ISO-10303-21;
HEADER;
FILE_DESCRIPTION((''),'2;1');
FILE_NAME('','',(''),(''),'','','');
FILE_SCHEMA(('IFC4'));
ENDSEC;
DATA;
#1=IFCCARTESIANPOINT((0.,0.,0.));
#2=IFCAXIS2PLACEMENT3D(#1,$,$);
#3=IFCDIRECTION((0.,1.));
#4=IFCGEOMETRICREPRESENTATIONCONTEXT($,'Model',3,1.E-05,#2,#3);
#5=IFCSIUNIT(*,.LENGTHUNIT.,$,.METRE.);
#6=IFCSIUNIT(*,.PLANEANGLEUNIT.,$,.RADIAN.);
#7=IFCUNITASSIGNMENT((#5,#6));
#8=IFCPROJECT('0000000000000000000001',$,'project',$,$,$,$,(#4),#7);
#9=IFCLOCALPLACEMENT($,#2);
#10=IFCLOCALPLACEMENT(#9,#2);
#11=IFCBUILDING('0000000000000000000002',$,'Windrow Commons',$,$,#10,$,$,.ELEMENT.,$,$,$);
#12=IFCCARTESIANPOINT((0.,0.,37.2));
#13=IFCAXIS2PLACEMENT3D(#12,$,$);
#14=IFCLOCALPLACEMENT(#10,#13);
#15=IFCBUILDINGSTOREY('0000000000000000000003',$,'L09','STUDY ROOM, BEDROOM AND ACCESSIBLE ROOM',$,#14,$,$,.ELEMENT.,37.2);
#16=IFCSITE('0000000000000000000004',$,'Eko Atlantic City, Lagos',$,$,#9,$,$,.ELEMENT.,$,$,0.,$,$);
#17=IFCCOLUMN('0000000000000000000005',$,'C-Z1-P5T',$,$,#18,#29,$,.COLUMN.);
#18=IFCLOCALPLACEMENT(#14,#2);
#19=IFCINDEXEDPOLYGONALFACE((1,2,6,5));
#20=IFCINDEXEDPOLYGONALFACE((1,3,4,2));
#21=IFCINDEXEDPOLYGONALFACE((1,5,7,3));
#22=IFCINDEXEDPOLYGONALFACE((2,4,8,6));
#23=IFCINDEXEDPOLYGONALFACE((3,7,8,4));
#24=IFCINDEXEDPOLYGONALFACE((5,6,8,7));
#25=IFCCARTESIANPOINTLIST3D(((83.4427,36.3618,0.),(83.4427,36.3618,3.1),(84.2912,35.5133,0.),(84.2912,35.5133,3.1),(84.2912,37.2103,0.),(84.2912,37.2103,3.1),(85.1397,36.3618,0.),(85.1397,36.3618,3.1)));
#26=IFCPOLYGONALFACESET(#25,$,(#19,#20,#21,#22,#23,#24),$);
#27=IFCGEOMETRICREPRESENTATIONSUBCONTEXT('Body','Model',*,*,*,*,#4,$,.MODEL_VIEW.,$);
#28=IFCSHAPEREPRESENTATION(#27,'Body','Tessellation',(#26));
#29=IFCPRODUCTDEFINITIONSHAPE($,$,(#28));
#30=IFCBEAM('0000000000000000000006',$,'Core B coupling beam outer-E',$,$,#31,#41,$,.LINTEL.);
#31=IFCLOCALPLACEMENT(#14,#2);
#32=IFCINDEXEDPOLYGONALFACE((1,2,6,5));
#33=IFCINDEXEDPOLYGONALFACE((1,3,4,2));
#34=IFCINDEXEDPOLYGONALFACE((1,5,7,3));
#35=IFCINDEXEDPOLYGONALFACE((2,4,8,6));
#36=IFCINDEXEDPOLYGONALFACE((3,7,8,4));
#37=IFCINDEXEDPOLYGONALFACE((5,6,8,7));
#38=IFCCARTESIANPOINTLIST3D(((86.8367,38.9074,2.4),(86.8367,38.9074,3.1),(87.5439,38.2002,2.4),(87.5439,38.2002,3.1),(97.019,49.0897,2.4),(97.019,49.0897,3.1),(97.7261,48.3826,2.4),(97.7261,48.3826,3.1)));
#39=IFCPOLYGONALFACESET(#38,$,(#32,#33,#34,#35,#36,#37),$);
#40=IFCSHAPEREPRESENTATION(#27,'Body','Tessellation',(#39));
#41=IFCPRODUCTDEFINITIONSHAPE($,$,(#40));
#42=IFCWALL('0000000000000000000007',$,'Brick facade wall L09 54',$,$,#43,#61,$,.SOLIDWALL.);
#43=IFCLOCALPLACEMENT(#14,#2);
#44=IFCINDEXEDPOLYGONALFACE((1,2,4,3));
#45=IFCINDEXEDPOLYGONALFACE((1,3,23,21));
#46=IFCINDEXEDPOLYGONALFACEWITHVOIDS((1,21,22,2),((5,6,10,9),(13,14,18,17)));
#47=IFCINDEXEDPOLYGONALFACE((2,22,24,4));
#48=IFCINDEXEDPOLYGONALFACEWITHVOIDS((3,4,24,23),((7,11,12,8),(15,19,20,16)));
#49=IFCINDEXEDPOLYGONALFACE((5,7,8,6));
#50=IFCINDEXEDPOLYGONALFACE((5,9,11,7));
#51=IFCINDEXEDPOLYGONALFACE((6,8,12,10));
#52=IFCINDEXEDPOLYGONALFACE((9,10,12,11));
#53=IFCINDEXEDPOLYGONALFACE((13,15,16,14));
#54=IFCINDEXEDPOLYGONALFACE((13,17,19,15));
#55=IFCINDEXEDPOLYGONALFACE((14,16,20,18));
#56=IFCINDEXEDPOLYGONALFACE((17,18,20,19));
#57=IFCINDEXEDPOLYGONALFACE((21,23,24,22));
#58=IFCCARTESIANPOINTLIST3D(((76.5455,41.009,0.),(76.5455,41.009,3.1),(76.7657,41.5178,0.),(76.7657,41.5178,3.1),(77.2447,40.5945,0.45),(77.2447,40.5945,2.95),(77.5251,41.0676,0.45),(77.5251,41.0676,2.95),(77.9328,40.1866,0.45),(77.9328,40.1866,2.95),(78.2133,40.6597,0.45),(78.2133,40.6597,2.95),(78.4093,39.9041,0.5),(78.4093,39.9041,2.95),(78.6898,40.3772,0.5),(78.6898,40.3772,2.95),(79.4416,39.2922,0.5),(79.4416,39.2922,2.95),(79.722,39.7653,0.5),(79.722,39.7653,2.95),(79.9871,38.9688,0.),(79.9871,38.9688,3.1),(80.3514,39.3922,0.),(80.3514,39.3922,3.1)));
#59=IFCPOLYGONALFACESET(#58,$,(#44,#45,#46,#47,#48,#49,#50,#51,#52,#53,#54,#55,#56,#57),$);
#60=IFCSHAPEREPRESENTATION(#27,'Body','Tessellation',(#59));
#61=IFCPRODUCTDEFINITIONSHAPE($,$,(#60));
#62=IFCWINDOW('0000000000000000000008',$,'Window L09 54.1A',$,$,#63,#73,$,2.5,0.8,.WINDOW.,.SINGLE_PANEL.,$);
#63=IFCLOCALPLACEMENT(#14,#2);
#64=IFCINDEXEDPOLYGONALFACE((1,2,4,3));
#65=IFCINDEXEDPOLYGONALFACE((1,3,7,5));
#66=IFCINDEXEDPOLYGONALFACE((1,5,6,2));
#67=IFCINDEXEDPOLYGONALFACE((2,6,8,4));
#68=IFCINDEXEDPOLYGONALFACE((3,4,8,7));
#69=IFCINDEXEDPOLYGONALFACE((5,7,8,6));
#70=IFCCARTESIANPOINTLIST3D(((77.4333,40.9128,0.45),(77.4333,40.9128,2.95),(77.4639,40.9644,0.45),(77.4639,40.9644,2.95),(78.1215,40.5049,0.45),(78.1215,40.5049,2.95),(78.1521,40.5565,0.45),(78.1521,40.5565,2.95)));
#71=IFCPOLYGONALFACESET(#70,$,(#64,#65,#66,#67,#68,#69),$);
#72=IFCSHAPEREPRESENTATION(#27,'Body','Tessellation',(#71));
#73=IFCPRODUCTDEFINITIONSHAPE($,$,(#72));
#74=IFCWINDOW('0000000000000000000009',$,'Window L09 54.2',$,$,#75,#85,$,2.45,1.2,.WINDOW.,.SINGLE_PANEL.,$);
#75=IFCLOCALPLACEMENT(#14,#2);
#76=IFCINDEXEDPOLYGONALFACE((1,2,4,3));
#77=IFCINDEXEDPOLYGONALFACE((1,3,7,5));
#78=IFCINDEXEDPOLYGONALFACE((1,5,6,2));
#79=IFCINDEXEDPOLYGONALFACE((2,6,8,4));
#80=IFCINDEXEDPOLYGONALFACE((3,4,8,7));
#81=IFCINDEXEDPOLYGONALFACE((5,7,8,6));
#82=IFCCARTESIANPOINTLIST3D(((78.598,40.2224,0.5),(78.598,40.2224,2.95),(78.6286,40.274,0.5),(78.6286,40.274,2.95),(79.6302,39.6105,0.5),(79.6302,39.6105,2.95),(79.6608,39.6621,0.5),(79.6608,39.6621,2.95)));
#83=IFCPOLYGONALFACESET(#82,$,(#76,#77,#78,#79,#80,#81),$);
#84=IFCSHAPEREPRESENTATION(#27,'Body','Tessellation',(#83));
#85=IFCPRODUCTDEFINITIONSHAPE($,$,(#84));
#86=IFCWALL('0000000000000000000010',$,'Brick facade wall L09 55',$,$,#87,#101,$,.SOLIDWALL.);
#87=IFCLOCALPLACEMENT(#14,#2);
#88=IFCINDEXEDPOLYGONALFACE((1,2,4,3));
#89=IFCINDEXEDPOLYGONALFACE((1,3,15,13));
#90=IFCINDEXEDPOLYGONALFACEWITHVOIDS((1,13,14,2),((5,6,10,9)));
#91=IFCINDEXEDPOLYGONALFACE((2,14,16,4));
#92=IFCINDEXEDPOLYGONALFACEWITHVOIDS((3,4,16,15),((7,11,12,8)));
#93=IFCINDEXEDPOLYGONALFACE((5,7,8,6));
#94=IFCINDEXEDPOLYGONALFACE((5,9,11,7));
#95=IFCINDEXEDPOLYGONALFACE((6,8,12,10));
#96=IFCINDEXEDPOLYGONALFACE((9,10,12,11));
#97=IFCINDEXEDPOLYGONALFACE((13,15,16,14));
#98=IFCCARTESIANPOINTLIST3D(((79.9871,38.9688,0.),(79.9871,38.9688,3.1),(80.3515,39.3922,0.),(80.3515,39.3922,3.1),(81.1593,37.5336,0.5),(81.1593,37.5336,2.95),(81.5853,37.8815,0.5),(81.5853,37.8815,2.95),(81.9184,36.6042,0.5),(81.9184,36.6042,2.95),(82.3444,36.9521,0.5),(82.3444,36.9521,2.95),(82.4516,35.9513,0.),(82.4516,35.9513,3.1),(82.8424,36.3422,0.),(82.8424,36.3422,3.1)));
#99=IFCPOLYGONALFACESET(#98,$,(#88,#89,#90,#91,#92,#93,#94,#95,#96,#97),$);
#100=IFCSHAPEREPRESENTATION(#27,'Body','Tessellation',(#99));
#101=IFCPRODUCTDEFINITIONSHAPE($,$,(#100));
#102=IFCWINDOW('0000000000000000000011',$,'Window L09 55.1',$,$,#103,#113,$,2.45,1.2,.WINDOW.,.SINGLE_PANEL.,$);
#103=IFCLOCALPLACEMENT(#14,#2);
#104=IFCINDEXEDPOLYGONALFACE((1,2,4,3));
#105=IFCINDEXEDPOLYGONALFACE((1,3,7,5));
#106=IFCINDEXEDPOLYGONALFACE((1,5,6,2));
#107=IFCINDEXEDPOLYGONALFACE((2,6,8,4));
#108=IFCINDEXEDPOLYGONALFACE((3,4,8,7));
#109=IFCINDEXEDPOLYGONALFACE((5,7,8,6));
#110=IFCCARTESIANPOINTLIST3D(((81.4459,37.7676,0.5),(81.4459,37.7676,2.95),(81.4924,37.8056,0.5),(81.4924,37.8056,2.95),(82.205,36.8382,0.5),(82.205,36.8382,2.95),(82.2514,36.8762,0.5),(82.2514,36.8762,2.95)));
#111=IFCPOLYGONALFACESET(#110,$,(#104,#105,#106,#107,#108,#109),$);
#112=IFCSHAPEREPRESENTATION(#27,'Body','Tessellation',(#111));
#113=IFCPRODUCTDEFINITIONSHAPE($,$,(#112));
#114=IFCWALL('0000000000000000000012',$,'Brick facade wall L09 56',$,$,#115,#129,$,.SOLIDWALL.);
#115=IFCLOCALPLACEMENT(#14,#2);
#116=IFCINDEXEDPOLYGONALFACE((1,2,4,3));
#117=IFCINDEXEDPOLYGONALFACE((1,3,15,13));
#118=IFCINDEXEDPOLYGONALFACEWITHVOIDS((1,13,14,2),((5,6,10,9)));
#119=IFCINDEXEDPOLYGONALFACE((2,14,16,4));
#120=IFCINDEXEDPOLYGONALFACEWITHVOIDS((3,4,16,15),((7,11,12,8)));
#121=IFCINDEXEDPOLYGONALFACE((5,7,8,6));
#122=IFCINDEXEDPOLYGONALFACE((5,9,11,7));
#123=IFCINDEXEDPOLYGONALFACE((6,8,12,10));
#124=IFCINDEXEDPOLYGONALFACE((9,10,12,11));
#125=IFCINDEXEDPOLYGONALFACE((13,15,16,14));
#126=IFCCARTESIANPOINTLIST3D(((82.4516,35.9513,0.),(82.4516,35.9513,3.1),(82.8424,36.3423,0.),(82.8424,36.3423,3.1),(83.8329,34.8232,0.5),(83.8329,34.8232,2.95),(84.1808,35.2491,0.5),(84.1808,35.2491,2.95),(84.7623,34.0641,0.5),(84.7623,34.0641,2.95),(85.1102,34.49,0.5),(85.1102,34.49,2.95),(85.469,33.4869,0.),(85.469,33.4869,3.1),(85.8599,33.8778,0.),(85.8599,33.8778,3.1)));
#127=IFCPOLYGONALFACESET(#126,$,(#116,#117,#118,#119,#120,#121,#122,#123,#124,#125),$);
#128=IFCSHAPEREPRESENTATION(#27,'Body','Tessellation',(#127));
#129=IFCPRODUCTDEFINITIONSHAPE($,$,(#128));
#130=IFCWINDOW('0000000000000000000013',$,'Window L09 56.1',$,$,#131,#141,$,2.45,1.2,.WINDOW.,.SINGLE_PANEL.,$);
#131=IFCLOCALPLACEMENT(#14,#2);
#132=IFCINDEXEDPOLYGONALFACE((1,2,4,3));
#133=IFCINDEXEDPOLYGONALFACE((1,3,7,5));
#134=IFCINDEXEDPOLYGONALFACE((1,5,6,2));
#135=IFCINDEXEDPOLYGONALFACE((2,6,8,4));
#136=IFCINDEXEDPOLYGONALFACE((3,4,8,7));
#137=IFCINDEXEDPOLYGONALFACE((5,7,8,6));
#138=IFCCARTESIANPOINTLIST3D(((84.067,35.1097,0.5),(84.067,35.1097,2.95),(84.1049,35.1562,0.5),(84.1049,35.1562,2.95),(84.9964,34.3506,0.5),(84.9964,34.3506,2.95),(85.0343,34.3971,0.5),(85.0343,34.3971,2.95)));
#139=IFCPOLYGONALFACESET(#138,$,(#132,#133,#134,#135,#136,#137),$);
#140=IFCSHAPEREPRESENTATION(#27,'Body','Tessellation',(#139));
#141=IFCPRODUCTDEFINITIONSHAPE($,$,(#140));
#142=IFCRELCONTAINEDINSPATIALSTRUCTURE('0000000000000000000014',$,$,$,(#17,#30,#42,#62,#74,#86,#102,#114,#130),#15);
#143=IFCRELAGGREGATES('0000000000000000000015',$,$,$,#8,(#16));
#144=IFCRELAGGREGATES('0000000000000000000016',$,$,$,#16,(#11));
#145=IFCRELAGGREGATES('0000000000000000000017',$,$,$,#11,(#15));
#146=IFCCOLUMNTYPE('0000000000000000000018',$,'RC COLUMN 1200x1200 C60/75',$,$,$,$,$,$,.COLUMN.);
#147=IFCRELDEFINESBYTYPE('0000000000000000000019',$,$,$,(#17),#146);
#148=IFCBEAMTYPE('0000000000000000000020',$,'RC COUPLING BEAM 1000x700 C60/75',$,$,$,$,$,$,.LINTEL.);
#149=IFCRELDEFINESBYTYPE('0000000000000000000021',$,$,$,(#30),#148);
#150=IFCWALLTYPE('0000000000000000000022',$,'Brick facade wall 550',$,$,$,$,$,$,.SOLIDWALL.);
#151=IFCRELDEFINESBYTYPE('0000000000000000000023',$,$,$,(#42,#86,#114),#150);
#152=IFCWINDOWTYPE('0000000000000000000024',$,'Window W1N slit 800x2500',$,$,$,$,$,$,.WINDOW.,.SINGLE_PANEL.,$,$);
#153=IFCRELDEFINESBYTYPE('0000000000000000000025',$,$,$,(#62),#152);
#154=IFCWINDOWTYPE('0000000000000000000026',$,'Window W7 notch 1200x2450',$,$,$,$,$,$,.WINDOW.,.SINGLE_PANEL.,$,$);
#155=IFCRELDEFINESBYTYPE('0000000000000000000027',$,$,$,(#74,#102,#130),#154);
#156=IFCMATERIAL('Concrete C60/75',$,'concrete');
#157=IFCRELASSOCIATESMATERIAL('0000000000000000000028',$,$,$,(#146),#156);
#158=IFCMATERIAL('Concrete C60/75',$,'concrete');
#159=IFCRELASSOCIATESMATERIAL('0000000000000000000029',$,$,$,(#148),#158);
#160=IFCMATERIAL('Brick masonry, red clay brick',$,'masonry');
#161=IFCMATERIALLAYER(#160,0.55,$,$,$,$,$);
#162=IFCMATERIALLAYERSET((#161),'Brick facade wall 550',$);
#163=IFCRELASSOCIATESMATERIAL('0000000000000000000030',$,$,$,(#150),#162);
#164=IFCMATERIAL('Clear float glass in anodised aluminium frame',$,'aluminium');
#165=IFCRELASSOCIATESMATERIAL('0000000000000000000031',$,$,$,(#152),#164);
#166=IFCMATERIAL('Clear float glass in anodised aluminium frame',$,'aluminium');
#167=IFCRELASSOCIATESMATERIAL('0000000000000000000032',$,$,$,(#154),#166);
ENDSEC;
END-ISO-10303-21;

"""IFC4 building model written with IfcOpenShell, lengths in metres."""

from ifc_helpers import new_model, si_unit, direction, frame, frame_2d, origin, origin_2d, place, context, subcontext, project, spatial, polyline, rectangle, outline, extrude, material, layer, layer_set, material_profile, profile_set, type_object, element, fill, save


model = new_model("IFC4")

# Units and contexts
model_context = context("Model", 3, precision=1e-05, world=origin(), true_north=direction((0.0, 1.0)))
body_context = subcontext(model_context, "Body", "Model", "MODEL_VIEW")
ifc_project = project(units=[si_unit("LENGTHUNIT", "METRE"), si_unit("PLANEANGLEUNIT", "RADIAN")], contexts=[model_context])

# Site, building, storey
site_placement = place(None, origin())
site = spatial("IfcSite", under=ifc_project, at=site_placement, Name="Eko Atlantic City, Lagos", CompositionType="ELEMENT", RefElevation=0.0)
building_placement = place(site_placement, origin())
building = spatial("IfcBuilding", under=site, at=building_placement, Name="Windrow Commons", CompositionType="ELEMENT")
storey_placement = place(building_placement, frame((0.0, 0.0, 37.2)))
storey = spatial("IfcBuildingStorey", under=building, at=storey_placement, Name="L09", Description="STUDY ROOM, BEDROOM AND ACCESSIBLE ROOM", CompositionType="ELEMENT", Elevation=37.2)

# Column
ifc_material_1 = material(Name="Concrete C60/75", Category="concrete")
ifc_material_profile_1 = material_profile(ifc_material_1, rectangle(XDim=1.2, YDim=1.2, at=origin_2d()))
ifc_profile_set_1 = profile_set([ifc_material_profile_1], Name="Concrete C60/75")
column_type = type_object("IfcColumnType", Name="RC COLUMN 1200x1200 C60/75", PredefinedType="COLUMN", material=ifc_profile_set_1)
column_placement = place(storey_placement, frame((84.2912, 36.3618, 0.0), z_axis=(0.0, 0.0, 1.0), x_axis=(0.707107, -0.707107, 0.0)))
element("IfcColumn", 1, at=column_placement, inside=storey, type_object=column_type, Name="C-Z1-P5T", PredefinedType="COLUMN", context=body_context, shape_type="SweptSolid", body=[
    extrude(rectangle(XDim=1.2, YDim=1.2, at=origin_2d()), origin(), (0.0, 0.0, 1.0), 3.1),
])

# Beam
ifc_material_2 = material(Name="Concrete C60/75", Category="concrete")
ifc_material_profile_2 = material_profile(ifc_material_2, rectangle(XDim=1.0, YDim=0.7, at=origin_2d()))
ifc_profile_set_2 = profile_set([ifc_material_profile_2], Name="Concrete C60/75")
beam_type = type_object("IfcBeamType", Name="RC COUPLING BEAM 1000x700 C60/75", PredefinedType="LINTEL", material=ifc_profile_set_2)
beam_placement = place(storey_placement, frame((87.1903, 38.5538, 2.75), z_axis=(0.707103, 0.70711, 0.0), x_axis=(-0.70711, 0.707103, 0.0)))
element("IfcBeam", 2, at=beam_placement, inside=storey, type_object=beam_type, Name="Core B coupling beam outer-E", PredefinedType="LINTEL", context=body_context, shape_type="SweptSolid", body=[
    extrude(rectangle(XDim=1.0, YDim=0.7, at=origin_2d()), origin(), (0.0, 0.0, 1.0), 14.4),
])

# Wall, openings, windows
ifc_material_3 = material(Name="Brick masonry, red clay brick", Category="masonry")
ifc_layer_1 = layer(ifc_material_3, 0.55)
ifc_layer_set_1 = layer_set([ifc_layer_1], Name="Brick facade wall 550")
wall_type_1 = type_object("IfcWallType", Name="Brick facade wall 550", PredefinedType="SOLIDWALL", material=ifc_layer_set_1)
wall_1_placement = place(storey_placement, frame((76.6556, 41.2634, 0.0), z_axis=(0.0, 0.0, 1.0), x_axis=(0.860216, -0.509931, 0.0)))
wall_1 = element("IfcWall", 3, at=wall_1_placement, inside=storey, type_object=wall_type_1, Name="Brick facade wall L09 54", PredefinedType="SOLIDWALL", context=body_context, shape_type="SweptSolid", body=[
    extrude(outline(polyline([(0.035, -0.275), (4.0359, -0.275), (4.1334, 0.275), (-0.035, 0.275), (0.035, -0.275)])), origin(), (0.0, 0.0, 1.0), 3.1),
])
opening_1_placement = place(wall_1_placement, frame((2.2017, 0.0, 0.5)))
opening_1 = element("IfcOpeningElement", 4, at=opening_1_placement, cuts=wall_1, PredefinedType="OPENING", context=body_context, shape_type="SweptSolid", body=[
    extrude(rectangle(XDim=1.2, YDim=2.45, at=frame_2d((0.6, 1.225))), frame((0.0, 0.285, 0.0), z_axis=(0.0, -1.0, 0.0), x_axis=(1.0, 0.0, 0.0)), (0.0, 0.0, 1.0), 0.57),
])
opening_2_placement = place(wall_1_placement, frame((0.8478, 0.0, 0.45)))
opening_2 = element("IfcOpeningElement", 5, at=opening_2_placement, cuts=wall_1, PredefinedType="OPENING", context=body_context, shape_type="SweptSolid", body=[
    extrude(rectangle(XDim=0.8, YDim=2.5, at=frame_2d((0.4, 1.25))), frame((0.0, 0.285, 0.0), z_axis=(0.0, -1.0, 0.0), x_axis=(1.0, 0.0, 0.0)), (0.0, 0.0, 1.0), 0.57),
])
ifc_material_4 = material(Name="Clear float glass in anodised aluminium frame", Category="aluminium")
window_type_1 = type_object("IfcWindowType", Name="Window W1N slit 800x2500", PartitioningType="SINGLE_PANEL", PredefinedType="WINDOW", material=ifc_material_4)
window_1_placement = place(opening_2_placement, origin())
window_1 = element("IfcWindow", 6, at=window_1_placement, inside=storey, type_object=window_type_1, Name="Window L09 54.1A", OverallHeight=2.5, OverallWidth=0.8, PartitioningType="SINGLE_PANEL", PredefinedType="WINDOW", context=body_context, shape_type="SweptSolid", body=[
    extrude(rectangle(XDim=0.8, YDim=2.5, at=frame_2d((0.4, 1.25))), frame((0.0, 0.155, 0.0), z_axis=(0.0, -1.0, 0.0), x_axis=(1.0, 0.0, 0.0)), (0.0, 0.0, 1.0), 0.06),
])
fill(opening_2, window_1)
ifc_material_5 = material(Name="Clear float glass in anodised aluminium frame", Category="aluminium")
window_type_2 = type_object("IfcWindowType", Name="Window W7 notch 1200x2450", PartitioningType="SINGLE_PANEL", PredefinedType="WINDOW", material=ifc_material_5)
window_2_placement = place(opening_1_placement, origin())
window_2 = element("IfcWindow", 7, at=window_2_placement, inside=storey, type_object=window_type_2, Name="Window L09 54.2", OverallHeight=2.45, OverallWidth=1.2, PartitioningType="SINGLE_PANEL", PredefinedType="WINDOW", context=body_context, shape_type="SweptSolid", body=[
    extrude(rectangle(XDim=1.2, YDim=2.45, at=frame_2d((0.6, 1.225))), frame((0.0, 0.155, 0.0), z_axis=(0.0, -1.0, 0.0), x_axis=(1.0, 0.0, 0.0)), (0.0, 0.0, 1.0), 0.06),
])
fill(opening_1, window_2)

# Walls, openings, windows
wall_2_placement = place(storey_placement, frame((80.1693, 39.1805, 0.0), z_axis=(0.0, 0.0, 1.0), x_axis=(0.632562, -0.77451, 0.0)))
wall_2 = element("IfcWall", 8, at=wall_2_placement, inside=storey, type_object=wall_type_1, Name="Brick facade wall L09 55", PredefinedType="SOLIDWALL", context=body_context, shape_type="SweptSolid", body=[
    extrude(outline(polyline([(0.0487, -0.275), (3.9447, -0.275), (3.8892, 0.275), (-0.0487, 0.275), (0.0487, -0.275)])), origin(), (0.0, 0.0, 1.0), 3.1),
])
opening_3_placement = place(wall_2_placement, frame((1.9018, 0.0, 0.5)))
opening_3 = element("IfcOpeningElement", 9, at=opening_3_placement, cuts=wall_2, PredefinedType="OPENING", context=body_context, shape_type="SweptSolid", body=[
    extrude(rectangle(XDim=1.2, YDim=2.45, at=frame_2d((0.6, 1.225))), frame((0.0, 0.285, 0.0), z_axis=(0.0, -1.0, 0.0), x_axis=(1.0, 0.0, 0.0)), (0.0, 0.0, 1.0), 0.57),
])
window_3_placement = place(opening_3_placement, origin())
window_3 = element("IfcWindow", 10, at=window_3_placement, inside=storey, type_object=window_type_2, Name="Window L09 55.1", OverallHeight=2.45, OverallWidth=1.2, PartitioningType="SINGLE_PANEL", PredefinedType="WINDOW", context=body_context, shape_type="SweptSolid", body=[
    extrude(rectangle(XDim=1.2, YDim=2.45, at=frame_2d((0.6, 1.225))), frame((0.0, 0.155, 0.0), z_axis=(0.0, -1.0, 0.0), x_axis=(1.0, 0.0, 0.0)), (0.0, 0.0, 1.0), 0.06),
])
fill(opening_3, window_3)
wall_3_placement = place(storey_placement, frame((82.647, 36.1468, 0.0), z_axis=(0.0, 0.0, 1.0), x_axis=(0.774506, -0.632567, 0.0)))
wall_3 = element("IfcWall", 11, at=wall_3_placement, inside=storey, type_object=wall_type_1, Name="Brick facade wall L09 56", PredefinedType="SOLIDWALL", context=body_context, shape_type="SweptSolid", body=[
    extrude(outline(polyline([(-0.0277, -0.275), (3.8682, -0.275), (3.9237, 0.275), (0.0277, 0.275), (-0.0277, -0.275)])), origin(), (0.0, 0.0, 1.0), 3.1),
])
opening_4_placement = place(wall_3_placement, frame((1.7558, 0.0, 0.5)))
opening_4 = element("IfcOpeningElement", 12, at=opening_4_placement, cuts=wall_3, PredefinedType="OPENING", context=body_context, shape_type="SweptSolid", body=[
    extrude(rectangle(XDim=1.2, YDim=2.45, at=frame_2d((0.6, 1.225))), frame((0.0, 0.285, 0.0), z_axis=(0.0, -1.0, 0.0), x_axis=(1.0, 0.0, 0.0)), (0.0, 0.0, 1.0), 0.57),
])
window_4_placement = place(opening_4_placement, origin())
window_4 = element("IfcWindow", 13, at=window_4_placement, inside=storey, type_object=window_type_2, Name="Window L09 56.1", OverallHeight=2.45, OverallWidth=1.2, PartitioningType="SINGLE_PANEL", PredefinedType="WINDOW", context=body_context, shape_type="SweptSolid", body=[
    extrude(rectangle(XDim=1.2, YDim=2.45, at=frame_2d((0.6, 1.225))), frame((0.0, 0.155, 0.0), z_axis=(0.0, -1.0, 0.0), x_axis=(1.0, 0.0, 0.0)), (0.0, 0.0, 1.0), 0.06),
])
fill(opening_4, window_4)

save(model, "model.ifc")
